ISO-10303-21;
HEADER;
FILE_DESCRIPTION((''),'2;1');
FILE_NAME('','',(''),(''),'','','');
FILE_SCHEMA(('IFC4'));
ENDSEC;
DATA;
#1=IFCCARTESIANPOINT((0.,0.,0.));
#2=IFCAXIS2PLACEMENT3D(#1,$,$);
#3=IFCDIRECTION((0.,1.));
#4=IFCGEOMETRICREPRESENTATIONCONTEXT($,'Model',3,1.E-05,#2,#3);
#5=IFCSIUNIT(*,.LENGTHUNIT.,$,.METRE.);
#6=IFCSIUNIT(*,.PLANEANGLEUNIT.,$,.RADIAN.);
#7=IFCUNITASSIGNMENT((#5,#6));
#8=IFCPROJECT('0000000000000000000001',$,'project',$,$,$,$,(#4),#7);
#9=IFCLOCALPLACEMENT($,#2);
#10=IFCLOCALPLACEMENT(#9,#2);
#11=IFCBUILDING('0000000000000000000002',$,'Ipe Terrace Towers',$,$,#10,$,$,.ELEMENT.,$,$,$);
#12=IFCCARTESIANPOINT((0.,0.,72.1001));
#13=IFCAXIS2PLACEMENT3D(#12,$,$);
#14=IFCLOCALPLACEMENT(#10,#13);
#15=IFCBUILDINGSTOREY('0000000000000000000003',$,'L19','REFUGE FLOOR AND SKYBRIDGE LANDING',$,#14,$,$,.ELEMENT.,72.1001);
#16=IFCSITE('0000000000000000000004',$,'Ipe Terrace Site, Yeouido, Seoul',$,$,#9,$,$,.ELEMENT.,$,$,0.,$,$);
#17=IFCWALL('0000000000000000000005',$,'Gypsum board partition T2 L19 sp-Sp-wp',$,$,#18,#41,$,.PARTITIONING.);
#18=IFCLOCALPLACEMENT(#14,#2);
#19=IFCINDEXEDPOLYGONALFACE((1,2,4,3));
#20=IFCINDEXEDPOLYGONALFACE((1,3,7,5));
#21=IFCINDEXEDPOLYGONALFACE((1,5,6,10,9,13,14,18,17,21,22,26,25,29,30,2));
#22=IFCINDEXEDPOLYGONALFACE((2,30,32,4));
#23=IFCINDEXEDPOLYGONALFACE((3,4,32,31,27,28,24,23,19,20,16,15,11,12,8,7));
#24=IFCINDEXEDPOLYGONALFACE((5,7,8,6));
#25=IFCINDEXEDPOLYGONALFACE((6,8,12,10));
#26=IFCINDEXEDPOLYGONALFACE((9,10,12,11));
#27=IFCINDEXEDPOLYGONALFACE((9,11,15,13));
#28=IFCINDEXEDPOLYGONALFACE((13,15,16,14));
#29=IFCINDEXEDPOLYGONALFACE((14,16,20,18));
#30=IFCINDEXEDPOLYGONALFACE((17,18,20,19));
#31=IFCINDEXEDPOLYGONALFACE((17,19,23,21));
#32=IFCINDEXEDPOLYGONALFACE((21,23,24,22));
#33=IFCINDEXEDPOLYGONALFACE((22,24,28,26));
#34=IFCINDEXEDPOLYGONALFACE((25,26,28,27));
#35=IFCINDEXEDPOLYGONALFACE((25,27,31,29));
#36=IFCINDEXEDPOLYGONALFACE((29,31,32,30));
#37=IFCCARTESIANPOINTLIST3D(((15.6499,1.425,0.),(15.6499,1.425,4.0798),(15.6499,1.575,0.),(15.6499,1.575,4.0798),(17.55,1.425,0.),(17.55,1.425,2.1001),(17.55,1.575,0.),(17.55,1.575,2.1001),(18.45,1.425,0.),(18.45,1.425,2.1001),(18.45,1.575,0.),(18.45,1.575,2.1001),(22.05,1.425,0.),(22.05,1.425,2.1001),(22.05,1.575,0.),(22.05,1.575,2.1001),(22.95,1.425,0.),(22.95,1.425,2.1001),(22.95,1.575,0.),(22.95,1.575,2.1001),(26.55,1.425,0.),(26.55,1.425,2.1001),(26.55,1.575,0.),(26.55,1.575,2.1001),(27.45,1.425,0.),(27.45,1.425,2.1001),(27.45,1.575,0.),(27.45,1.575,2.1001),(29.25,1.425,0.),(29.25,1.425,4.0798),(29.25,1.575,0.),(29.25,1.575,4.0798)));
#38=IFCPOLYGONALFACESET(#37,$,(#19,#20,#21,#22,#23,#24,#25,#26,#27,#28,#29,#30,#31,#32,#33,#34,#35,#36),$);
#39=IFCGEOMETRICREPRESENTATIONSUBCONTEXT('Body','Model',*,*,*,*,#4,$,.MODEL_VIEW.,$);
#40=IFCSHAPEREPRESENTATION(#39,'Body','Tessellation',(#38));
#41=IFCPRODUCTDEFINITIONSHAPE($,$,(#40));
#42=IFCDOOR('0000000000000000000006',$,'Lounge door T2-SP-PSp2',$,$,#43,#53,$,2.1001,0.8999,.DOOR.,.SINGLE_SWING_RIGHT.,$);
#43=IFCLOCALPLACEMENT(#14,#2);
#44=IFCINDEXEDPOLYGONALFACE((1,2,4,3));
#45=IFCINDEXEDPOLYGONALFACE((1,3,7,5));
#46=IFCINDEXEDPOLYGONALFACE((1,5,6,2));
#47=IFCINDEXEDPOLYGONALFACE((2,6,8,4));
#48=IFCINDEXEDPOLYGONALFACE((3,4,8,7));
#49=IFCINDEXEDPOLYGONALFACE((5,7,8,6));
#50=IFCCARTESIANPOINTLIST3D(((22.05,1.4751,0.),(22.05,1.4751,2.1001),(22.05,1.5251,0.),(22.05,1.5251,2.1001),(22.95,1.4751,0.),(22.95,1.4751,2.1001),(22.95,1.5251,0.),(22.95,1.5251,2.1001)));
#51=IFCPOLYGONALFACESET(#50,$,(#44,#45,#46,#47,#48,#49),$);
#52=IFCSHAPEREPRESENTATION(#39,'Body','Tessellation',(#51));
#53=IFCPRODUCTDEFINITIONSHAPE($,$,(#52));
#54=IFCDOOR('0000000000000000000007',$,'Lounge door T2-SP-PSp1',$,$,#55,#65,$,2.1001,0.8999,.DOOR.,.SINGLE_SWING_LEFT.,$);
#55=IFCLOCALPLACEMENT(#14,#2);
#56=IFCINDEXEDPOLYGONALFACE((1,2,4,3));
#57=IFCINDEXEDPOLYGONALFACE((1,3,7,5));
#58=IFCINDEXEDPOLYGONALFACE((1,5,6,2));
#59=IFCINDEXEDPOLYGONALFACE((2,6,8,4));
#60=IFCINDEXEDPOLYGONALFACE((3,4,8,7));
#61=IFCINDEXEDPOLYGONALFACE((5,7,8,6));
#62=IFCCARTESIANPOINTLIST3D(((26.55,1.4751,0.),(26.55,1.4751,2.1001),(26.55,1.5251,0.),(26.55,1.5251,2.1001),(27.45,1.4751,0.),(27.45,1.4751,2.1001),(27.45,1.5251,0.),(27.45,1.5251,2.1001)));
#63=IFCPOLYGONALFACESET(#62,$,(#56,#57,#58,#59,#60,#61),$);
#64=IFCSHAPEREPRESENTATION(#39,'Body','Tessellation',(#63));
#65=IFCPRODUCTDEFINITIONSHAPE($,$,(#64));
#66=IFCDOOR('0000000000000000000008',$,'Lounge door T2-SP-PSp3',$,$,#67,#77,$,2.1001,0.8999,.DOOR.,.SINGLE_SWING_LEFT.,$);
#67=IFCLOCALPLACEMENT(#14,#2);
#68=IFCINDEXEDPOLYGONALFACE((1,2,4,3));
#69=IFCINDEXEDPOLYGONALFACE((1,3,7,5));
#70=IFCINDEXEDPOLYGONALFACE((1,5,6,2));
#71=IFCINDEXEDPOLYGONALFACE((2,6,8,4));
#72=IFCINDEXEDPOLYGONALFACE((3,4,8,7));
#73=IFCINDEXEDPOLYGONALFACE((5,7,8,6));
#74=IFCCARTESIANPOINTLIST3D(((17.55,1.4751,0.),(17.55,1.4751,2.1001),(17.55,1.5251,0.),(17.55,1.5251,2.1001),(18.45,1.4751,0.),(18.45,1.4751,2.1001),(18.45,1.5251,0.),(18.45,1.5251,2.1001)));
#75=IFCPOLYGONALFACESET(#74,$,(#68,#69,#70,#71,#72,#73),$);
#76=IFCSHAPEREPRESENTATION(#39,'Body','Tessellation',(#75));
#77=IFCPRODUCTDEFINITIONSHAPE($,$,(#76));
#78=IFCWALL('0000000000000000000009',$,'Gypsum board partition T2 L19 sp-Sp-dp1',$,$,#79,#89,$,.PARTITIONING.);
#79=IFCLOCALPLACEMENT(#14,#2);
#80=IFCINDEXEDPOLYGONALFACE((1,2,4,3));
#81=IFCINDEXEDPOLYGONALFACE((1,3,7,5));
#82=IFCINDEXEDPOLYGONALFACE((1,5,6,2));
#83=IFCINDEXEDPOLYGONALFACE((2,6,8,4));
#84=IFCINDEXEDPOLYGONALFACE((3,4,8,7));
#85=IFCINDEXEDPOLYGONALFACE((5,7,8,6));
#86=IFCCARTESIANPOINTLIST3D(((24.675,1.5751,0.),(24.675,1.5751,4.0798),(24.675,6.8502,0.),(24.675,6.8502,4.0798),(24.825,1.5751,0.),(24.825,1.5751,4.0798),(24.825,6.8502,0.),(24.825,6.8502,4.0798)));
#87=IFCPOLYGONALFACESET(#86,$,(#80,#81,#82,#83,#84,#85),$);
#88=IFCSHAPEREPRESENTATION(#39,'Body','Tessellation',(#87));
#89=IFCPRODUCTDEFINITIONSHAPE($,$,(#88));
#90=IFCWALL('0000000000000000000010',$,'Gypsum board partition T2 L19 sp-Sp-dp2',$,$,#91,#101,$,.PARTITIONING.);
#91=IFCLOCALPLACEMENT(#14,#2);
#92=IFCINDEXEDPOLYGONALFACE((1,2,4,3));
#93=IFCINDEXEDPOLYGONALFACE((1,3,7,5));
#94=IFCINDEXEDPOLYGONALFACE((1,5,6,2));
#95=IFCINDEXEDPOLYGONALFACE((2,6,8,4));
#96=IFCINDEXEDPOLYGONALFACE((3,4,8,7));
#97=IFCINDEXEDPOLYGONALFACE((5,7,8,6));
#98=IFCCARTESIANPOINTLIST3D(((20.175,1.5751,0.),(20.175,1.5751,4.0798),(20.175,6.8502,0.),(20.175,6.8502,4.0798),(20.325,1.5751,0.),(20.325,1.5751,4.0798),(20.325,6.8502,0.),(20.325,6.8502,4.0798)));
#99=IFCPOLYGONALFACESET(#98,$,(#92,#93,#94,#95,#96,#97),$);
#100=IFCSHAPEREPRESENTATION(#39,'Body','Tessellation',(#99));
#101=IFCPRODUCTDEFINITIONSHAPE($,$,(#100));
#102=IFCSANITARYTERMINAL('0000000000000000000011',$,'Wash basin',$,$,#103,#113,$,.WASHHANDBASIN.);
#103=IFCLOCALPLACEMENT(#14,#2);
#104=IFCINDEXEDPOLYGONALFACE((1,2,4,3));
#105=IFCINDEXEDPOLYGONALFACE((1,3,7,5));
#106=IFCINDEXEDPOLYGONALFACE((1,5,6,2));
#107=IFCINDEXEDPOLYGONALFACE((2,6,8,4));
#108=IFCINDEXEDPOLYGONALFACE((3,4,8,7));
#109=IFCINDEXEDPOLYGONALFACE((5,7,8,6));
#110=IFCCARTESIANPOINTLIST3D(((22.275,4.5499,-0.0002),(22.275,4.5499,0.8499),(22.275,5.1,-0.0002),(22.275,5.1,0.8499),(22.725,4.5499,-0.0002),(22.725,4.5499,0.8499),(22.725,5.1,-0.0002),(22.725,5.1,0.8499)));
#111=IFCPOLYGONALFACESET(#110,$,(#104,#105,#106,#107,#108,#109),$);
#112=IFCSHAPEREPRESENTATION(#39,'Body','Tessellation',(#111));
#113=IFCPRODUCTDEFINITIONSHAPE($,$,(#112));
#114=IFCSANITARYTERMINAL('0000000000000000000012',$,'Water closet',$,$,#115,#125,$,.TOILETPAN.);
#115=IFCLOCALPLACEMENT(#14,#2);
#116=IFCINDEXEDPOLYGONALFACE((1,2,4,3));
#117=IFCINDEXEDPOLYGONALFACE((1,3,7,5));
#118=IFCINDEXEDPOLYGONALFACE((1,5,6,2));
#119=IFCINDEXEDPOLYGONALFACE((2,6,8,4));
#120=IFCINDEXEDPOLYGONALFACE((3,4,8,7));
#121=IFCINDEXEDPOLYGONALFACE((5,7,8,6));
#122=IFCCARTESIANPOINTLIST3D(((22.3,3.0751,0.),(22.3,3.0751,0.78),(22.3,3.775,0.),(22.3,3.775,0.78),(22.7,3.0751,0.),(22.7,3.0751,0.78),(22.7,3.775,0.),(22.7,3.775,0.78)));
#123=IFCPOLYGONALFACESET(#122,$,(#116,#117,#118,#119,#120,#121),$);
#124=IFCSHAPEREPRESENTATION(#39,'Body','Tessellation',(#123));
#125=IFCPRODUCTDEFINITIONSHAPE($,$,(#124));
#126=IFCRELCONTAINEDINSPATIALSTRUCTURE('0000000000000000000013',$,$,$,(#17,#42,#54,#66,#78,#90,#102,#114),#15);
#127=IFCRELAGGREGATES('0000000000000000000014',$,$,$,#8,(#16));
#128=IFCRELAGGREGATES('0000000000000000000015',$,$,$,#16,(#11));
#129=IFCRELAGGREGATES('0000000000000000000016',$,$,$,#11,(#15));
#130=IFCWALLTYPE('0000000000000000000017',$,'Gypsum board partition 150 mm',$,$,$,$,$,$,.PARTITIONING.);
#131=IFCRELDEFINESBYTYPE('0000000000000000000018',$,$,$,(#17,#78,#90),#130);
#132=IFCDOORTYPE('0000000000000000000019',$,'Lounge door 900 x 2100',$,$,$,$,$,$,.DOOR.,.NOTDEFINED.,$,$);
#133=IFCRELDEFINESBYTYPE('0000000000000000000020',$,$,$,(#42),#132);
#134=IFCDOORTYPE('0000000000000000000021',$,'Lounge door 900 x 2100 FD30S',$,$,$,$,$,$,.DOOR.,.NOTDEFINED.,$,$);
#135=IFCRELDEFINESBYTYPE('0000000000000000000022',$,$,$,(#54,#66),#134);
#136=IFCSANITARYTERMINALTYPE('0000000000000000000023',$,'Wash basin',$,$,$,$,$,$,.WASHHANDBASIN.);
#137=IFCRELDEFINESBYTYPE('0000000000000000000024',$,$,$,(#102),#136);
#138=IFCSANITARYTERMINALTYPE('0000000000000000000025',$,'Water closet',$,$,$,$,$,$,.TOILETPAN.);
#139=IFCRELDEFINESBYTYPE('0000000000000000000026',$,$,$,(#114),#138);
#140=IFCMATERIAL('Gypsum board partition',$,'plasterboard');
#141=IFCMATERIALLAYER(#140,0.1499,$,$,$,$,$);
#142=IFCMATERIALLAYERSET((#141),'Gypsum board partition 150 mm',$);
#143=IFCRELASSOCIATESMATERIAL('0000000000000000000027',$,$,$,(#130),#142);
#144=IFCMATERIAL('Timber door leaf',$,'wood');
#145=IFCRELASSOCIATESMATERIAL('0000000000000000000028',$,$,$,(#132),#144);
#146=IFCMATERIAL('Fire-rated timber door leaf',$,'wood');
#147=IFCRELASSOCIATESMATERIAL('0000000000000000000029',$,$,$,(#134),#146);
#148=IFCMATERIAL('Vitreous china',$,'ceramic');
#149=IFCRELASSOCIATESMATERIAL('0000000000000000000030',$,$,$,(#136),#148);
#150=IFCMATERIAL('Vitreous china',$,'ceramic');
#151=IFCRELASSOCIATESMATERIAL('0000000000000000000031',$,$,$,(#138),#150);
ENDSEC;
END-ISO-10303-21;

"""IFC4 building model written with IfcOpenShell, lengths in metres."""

from ifc_helpers import new_model, si_unit, direction, frame, frame_2d, origin, origin_2d, place, context, subcontext, project, spatial, rectangle, extrude, material, layer, layer_set, type_object, element, fill, save


model = new_model("IFC4")

# Units and contexts
model_context = context("Model", 3, precision=1e-05, world=origin(), true_north=direction((0.0, 1.0)))
body_context = subcontext(model_context, "Body", "Model", "MODEL_VIEW")
ifc_project = project(units=[si_unit("LENGTHUNIT", "METRE"), si_unit("PLANEANGLEUNIT", "RADIAN")], contexts=[model_context])

# Site, building, storey
site_placement = place(None, origin())
site = spatial("IfcSite", under=ifc_project, at=site_placement, Name="Ipe Terrace Site, Yeouido, Seoul", CompositionType="ELEMENT", RefElevation=0.0)
building_placement = place(site_placement, origin())
building = spatial("IfcBuilding", under=site, at=building_placement, Name="Ipe Terrace Towers", CompositionType="ELEMENT")
storey_placement = place(building_placement, frame((0.0, 0.0, 72.1001)))
storey = spatial("IfcBuildingStorey", under=building, at=storey_placement, Name="L19", Description="REFUGE FLOOR AND SKYBRIDGE LANDING", CompositionType="ELEMENT", Elevation=72.1001)

# Wall, openings, doors
ifc_material_1 = material(Name="Gypsum board partition", Category="plasterboard")
ifc_layer_1 = layer(ifc_material_1, 0.1499)
ifc_layer_set_1 = layer_set([ifc_layer_1], Name="Gypsum board partition 150 mm")
wall_type_1 = type_object("IfcWallType", Name="Gypsum board partition 150 mm", PredefinedType="PARTITIONING", material=ifc_layer_set_1)
wall_1_placement = place(storey_placement, frame((29.25, 1.5, 0.0), z_axis=(0.0, 0.0, 1.0), x_axis=(-1.0, 0.0, 0.0)))
wall_1 = element("IfcWall", 1, at=wall_1_placement, inside=storey, type_object=wall_type_1, Name="Gypsum board partition T2 L19 sp-Sp-wp", PredefinedType="PARTITIONING", context=body_context, shape_type="SweptSolid", body=[
    extrude(rectangle(XDim=13.6001, YDim=0.1499, at=frame_2d((6.8, 0.0))), origin(), (0.0, 0.0, 1.0), 4.0798),
])
opening_1_placement = place(wall_1_placement, frame((1.8, 0.0, 0.0)))
opening_1 = element("IfcOpeningElement", 2, at=opening_1_placement, cuts=wall_1, PredefinedType="OPENING", context=body_context, shape_type="SweptSolid", body=[
    extrude(rectangle(XDim=0.8999, YDim=2.1001, at=frame_2d((0.45, 1.05))), frame((0.0, 0.085, 0.0), z_axis=(0.0, -1.0, 0.0), x_axis=(1.0, 0.0, 0.0)), (0.0, 0.0, 1.0), 0.1699),
])
opening_2_placement = place(wall_1_placement, frame((6.3, 0.0, 0.0)))
opening_2 = element("IfcOpeningElement", 3, at=opening_2_placement, cuts=wall_1, PredefinedType="OPENING", context=body_context, shape_type="SweptSolid", body=[
    extrude(rectangle(XDim=0.8999, YDim=2.1001, at=frame_2d((0.45, 1.05))), frame((0.0, 0.085, 0.0), z_axis=(0.0, -1.0, 0.0), x_axis=(1.0, 0.0, 0.0)), (0.0, 0.0, 1.0), 0.1699),
])
opening_3_placement = place(wall_1_placement, frame((10.8, 0.0, 0.0)))
opening_3 = element("IfcOpeningElement", 4, at=opening_3_placement, cuts=wall_1, PredefinedType="OPENING", context=body_context, shape_type="SweptSolid", body=[
    extrude(rectangle(XDim=0.8999, YDim=2.1001, at=frame_2d((0.45, 1.05))), frame((0.0, 0.085, 0.0), z_axis=(0.0, -1.0, 0.0), x_axis=(1.0, 0.0, 0.0)), (0.0, 0.0, 1.0), 0.1699),
])
ifc_material_2 = material(Name="Timber door leaf", Category="wood")
door_type_1 = type_object("IfcDoorType", Name="Lounge door 900 x 2100", OperationType="NOTDEFINED", PredefinedType="DOOR", material=ifc_material_2)
door_1_placement = place(opening_2_placement, origin())
door_1 = element("IfcDoor", 5, at=door_1_placement, inside=storey, type_object=door_type_1, Name="Lounge door T2-SP-PSp2", OperationType="SINGLE_SWING_RIGHT", OverallHeight=2.1001, OverallWidth=0.8999, PredefinedType="DOOR", context=body_context, shape_type="SweptSolid", body=[
    extrude(rectangle(XDim=0.8999, YDim=2.1001, at=frame_2d((0.45, 1.05))), frame((0.0, 0.0249, 0.0), z_axis=(0.0, -1.0, 0.0), x_axis=(1.0, 0.0, 0.0)), (0.0, 0.0, 1.0), 0.05),
])
fill(opening_2, door_1)
ifc_material_3 = material(Name="Fire-rated timber door leaf", Category="wood")
door_type_2 = type_object("IfcDoorType", Name="Lounge door 900 x 2100 FD30S", OperationType="NOTDEFINED", PredefinedType="DOOR", material=ifc_material_3)
door_2_placement = place(opening_1_placement, origin())
door_2 = element("IfcDoor", 6, at=door_2_placement, inside=storey, type_object=door_type_2, Name="Lounge door T2-SP-PSp1", OperationType="SINGLE_SWING_LEFT", OverallHeight=2.1001, OverallWidth=0.8999, PredefinedType="DOOR", context=body_context, shape_type="SweptSolid", body=[
    extrude(rectangle(XDim=0.8999, YDim=2.1001, at=frame_2d((0.45, 1.05))), frame((0.0, 0.0249, 0.0), z_axis=(0.0, -1.0, 0.0), x_axis=(1.0, 0.0, 0.0)), (0.0, 0.0, 1.0), 0.05),
])
fill(opening_1, door_2)
door_3_placement = place(opening_3_placement, origin())
door_3 = element("IfcDoor", 7, at=door_3_placement, inside=storey, type_object=door_type_2, Name="Lounge door T2-SP-PSp3", OperationType="SINGLE_SWING_LEFT", OverallHeight=2.1001, OverallWidth=0.8999, PredefinedType="DOOR", context=body_context, shape_type="SweptSolid", body=[
    extrude(rectangle(XDim=0.8999, YDim=2.1001, at=frame_2d((0.45, 1.05))), frame((0.0, 0.0249, 0.0), z_axis=(0.0, -1.0, 0.0), x_axis=(1.0, 0.0, 0.0)), (0.0, 0.0, 1.0), 0.05),
])
fill(opening_3, door_3)

# Walls
for number, where, z_axis, x_axis, name in (
    (8, (24.75, 1.575, 0.0), (0.0, 0.0, 1.0), (0.0, 1.0, 0.0), "Gypsum board partition T2 L19 sp-Sp-dp1"),
    (9, (20.25, 1.575, 0.0), (0.0, 0.0, 1.0), (0.0, 1.0, 0.0), "Gypsum board partition T2 L19 sp-Sp-dp2"),
):
    element("IfcWall", number, at=place(storey_placement, frame(where, z_axis=z_axis, x_axis=x_axis)), inside=storey, type_object=wall_type_1, Name=name, PredefinedType="PARTITIONING", context=body_context, shape_type="SweptSolid", body=[
        extrude(rectangle(XDim=5.2751, YDim=0.1499, at=frame_2d((2.6377, 0.0))), origin(), (0.0, 0.0, 1.0), 4.0798),
    ])

# Sanitary terminals
ifc_material_4 = material(Name="Vitreous china", Category="ceramic")
sanitary_terminal_type_1 = type_object("IfcSanitaryTerminalType", Name="Wash basin", PredefinedType="WASHHANDBASIN", material=ifc_material_4)
sanitary_terminal_1_placement = place(storey_placement, frame((22.5, 4.825, -0.0002), z_axis=(0.0, 0.0, 1.0), x_axis=(0.0, 1.0, 0.0)))
element("IfcSanitaryTerminal", 10, at=sanitary_terminal_1_placement, inside=storey, type_object=sanitary_terminal_type_1, Name="Wash basin", PredefinedType="WASHHANDBASIN", context=body_context, shape_type="SweptSolid", body=[
    extrude(rectangle(XDim=0.55, YDim=0.45, at=origin_2d()), origin(), (0.0, 0.0, 1.0), 0.8501),
])
ifc_material_5 = material(Name="Vitreous china", Category="ceramic")
sanitary_terminal_type_2 = type_object("IfcSanitaryTerminalType", Name="Water closet", PredefinedType="TOILETPAN", material=ifc_material_5)
sanitary_terminal_2_placement = place(storey_placement, frame((22.5, 3.425, 0.0), z_axis=(0.0, 0.0, 1.0), x_axis=(0.0, 1.0, 0.0)))
element("IfcSanitaryTerminal", 11, at=sanitary_terminal_2_placement, inside=storey, type_object=sanitary_terminal_type_2, Name="Water closet", PredefinedType="TOILETPAN", context=body_context, shape_type="SweptSolid", body=[
    extrude(rectangle(XDim=0.7, YDim=0.3999, at=origin_2d()), origin(), (0.0, 0.0, 1.0), 0.78),
])

save(model, "model.ifc")
